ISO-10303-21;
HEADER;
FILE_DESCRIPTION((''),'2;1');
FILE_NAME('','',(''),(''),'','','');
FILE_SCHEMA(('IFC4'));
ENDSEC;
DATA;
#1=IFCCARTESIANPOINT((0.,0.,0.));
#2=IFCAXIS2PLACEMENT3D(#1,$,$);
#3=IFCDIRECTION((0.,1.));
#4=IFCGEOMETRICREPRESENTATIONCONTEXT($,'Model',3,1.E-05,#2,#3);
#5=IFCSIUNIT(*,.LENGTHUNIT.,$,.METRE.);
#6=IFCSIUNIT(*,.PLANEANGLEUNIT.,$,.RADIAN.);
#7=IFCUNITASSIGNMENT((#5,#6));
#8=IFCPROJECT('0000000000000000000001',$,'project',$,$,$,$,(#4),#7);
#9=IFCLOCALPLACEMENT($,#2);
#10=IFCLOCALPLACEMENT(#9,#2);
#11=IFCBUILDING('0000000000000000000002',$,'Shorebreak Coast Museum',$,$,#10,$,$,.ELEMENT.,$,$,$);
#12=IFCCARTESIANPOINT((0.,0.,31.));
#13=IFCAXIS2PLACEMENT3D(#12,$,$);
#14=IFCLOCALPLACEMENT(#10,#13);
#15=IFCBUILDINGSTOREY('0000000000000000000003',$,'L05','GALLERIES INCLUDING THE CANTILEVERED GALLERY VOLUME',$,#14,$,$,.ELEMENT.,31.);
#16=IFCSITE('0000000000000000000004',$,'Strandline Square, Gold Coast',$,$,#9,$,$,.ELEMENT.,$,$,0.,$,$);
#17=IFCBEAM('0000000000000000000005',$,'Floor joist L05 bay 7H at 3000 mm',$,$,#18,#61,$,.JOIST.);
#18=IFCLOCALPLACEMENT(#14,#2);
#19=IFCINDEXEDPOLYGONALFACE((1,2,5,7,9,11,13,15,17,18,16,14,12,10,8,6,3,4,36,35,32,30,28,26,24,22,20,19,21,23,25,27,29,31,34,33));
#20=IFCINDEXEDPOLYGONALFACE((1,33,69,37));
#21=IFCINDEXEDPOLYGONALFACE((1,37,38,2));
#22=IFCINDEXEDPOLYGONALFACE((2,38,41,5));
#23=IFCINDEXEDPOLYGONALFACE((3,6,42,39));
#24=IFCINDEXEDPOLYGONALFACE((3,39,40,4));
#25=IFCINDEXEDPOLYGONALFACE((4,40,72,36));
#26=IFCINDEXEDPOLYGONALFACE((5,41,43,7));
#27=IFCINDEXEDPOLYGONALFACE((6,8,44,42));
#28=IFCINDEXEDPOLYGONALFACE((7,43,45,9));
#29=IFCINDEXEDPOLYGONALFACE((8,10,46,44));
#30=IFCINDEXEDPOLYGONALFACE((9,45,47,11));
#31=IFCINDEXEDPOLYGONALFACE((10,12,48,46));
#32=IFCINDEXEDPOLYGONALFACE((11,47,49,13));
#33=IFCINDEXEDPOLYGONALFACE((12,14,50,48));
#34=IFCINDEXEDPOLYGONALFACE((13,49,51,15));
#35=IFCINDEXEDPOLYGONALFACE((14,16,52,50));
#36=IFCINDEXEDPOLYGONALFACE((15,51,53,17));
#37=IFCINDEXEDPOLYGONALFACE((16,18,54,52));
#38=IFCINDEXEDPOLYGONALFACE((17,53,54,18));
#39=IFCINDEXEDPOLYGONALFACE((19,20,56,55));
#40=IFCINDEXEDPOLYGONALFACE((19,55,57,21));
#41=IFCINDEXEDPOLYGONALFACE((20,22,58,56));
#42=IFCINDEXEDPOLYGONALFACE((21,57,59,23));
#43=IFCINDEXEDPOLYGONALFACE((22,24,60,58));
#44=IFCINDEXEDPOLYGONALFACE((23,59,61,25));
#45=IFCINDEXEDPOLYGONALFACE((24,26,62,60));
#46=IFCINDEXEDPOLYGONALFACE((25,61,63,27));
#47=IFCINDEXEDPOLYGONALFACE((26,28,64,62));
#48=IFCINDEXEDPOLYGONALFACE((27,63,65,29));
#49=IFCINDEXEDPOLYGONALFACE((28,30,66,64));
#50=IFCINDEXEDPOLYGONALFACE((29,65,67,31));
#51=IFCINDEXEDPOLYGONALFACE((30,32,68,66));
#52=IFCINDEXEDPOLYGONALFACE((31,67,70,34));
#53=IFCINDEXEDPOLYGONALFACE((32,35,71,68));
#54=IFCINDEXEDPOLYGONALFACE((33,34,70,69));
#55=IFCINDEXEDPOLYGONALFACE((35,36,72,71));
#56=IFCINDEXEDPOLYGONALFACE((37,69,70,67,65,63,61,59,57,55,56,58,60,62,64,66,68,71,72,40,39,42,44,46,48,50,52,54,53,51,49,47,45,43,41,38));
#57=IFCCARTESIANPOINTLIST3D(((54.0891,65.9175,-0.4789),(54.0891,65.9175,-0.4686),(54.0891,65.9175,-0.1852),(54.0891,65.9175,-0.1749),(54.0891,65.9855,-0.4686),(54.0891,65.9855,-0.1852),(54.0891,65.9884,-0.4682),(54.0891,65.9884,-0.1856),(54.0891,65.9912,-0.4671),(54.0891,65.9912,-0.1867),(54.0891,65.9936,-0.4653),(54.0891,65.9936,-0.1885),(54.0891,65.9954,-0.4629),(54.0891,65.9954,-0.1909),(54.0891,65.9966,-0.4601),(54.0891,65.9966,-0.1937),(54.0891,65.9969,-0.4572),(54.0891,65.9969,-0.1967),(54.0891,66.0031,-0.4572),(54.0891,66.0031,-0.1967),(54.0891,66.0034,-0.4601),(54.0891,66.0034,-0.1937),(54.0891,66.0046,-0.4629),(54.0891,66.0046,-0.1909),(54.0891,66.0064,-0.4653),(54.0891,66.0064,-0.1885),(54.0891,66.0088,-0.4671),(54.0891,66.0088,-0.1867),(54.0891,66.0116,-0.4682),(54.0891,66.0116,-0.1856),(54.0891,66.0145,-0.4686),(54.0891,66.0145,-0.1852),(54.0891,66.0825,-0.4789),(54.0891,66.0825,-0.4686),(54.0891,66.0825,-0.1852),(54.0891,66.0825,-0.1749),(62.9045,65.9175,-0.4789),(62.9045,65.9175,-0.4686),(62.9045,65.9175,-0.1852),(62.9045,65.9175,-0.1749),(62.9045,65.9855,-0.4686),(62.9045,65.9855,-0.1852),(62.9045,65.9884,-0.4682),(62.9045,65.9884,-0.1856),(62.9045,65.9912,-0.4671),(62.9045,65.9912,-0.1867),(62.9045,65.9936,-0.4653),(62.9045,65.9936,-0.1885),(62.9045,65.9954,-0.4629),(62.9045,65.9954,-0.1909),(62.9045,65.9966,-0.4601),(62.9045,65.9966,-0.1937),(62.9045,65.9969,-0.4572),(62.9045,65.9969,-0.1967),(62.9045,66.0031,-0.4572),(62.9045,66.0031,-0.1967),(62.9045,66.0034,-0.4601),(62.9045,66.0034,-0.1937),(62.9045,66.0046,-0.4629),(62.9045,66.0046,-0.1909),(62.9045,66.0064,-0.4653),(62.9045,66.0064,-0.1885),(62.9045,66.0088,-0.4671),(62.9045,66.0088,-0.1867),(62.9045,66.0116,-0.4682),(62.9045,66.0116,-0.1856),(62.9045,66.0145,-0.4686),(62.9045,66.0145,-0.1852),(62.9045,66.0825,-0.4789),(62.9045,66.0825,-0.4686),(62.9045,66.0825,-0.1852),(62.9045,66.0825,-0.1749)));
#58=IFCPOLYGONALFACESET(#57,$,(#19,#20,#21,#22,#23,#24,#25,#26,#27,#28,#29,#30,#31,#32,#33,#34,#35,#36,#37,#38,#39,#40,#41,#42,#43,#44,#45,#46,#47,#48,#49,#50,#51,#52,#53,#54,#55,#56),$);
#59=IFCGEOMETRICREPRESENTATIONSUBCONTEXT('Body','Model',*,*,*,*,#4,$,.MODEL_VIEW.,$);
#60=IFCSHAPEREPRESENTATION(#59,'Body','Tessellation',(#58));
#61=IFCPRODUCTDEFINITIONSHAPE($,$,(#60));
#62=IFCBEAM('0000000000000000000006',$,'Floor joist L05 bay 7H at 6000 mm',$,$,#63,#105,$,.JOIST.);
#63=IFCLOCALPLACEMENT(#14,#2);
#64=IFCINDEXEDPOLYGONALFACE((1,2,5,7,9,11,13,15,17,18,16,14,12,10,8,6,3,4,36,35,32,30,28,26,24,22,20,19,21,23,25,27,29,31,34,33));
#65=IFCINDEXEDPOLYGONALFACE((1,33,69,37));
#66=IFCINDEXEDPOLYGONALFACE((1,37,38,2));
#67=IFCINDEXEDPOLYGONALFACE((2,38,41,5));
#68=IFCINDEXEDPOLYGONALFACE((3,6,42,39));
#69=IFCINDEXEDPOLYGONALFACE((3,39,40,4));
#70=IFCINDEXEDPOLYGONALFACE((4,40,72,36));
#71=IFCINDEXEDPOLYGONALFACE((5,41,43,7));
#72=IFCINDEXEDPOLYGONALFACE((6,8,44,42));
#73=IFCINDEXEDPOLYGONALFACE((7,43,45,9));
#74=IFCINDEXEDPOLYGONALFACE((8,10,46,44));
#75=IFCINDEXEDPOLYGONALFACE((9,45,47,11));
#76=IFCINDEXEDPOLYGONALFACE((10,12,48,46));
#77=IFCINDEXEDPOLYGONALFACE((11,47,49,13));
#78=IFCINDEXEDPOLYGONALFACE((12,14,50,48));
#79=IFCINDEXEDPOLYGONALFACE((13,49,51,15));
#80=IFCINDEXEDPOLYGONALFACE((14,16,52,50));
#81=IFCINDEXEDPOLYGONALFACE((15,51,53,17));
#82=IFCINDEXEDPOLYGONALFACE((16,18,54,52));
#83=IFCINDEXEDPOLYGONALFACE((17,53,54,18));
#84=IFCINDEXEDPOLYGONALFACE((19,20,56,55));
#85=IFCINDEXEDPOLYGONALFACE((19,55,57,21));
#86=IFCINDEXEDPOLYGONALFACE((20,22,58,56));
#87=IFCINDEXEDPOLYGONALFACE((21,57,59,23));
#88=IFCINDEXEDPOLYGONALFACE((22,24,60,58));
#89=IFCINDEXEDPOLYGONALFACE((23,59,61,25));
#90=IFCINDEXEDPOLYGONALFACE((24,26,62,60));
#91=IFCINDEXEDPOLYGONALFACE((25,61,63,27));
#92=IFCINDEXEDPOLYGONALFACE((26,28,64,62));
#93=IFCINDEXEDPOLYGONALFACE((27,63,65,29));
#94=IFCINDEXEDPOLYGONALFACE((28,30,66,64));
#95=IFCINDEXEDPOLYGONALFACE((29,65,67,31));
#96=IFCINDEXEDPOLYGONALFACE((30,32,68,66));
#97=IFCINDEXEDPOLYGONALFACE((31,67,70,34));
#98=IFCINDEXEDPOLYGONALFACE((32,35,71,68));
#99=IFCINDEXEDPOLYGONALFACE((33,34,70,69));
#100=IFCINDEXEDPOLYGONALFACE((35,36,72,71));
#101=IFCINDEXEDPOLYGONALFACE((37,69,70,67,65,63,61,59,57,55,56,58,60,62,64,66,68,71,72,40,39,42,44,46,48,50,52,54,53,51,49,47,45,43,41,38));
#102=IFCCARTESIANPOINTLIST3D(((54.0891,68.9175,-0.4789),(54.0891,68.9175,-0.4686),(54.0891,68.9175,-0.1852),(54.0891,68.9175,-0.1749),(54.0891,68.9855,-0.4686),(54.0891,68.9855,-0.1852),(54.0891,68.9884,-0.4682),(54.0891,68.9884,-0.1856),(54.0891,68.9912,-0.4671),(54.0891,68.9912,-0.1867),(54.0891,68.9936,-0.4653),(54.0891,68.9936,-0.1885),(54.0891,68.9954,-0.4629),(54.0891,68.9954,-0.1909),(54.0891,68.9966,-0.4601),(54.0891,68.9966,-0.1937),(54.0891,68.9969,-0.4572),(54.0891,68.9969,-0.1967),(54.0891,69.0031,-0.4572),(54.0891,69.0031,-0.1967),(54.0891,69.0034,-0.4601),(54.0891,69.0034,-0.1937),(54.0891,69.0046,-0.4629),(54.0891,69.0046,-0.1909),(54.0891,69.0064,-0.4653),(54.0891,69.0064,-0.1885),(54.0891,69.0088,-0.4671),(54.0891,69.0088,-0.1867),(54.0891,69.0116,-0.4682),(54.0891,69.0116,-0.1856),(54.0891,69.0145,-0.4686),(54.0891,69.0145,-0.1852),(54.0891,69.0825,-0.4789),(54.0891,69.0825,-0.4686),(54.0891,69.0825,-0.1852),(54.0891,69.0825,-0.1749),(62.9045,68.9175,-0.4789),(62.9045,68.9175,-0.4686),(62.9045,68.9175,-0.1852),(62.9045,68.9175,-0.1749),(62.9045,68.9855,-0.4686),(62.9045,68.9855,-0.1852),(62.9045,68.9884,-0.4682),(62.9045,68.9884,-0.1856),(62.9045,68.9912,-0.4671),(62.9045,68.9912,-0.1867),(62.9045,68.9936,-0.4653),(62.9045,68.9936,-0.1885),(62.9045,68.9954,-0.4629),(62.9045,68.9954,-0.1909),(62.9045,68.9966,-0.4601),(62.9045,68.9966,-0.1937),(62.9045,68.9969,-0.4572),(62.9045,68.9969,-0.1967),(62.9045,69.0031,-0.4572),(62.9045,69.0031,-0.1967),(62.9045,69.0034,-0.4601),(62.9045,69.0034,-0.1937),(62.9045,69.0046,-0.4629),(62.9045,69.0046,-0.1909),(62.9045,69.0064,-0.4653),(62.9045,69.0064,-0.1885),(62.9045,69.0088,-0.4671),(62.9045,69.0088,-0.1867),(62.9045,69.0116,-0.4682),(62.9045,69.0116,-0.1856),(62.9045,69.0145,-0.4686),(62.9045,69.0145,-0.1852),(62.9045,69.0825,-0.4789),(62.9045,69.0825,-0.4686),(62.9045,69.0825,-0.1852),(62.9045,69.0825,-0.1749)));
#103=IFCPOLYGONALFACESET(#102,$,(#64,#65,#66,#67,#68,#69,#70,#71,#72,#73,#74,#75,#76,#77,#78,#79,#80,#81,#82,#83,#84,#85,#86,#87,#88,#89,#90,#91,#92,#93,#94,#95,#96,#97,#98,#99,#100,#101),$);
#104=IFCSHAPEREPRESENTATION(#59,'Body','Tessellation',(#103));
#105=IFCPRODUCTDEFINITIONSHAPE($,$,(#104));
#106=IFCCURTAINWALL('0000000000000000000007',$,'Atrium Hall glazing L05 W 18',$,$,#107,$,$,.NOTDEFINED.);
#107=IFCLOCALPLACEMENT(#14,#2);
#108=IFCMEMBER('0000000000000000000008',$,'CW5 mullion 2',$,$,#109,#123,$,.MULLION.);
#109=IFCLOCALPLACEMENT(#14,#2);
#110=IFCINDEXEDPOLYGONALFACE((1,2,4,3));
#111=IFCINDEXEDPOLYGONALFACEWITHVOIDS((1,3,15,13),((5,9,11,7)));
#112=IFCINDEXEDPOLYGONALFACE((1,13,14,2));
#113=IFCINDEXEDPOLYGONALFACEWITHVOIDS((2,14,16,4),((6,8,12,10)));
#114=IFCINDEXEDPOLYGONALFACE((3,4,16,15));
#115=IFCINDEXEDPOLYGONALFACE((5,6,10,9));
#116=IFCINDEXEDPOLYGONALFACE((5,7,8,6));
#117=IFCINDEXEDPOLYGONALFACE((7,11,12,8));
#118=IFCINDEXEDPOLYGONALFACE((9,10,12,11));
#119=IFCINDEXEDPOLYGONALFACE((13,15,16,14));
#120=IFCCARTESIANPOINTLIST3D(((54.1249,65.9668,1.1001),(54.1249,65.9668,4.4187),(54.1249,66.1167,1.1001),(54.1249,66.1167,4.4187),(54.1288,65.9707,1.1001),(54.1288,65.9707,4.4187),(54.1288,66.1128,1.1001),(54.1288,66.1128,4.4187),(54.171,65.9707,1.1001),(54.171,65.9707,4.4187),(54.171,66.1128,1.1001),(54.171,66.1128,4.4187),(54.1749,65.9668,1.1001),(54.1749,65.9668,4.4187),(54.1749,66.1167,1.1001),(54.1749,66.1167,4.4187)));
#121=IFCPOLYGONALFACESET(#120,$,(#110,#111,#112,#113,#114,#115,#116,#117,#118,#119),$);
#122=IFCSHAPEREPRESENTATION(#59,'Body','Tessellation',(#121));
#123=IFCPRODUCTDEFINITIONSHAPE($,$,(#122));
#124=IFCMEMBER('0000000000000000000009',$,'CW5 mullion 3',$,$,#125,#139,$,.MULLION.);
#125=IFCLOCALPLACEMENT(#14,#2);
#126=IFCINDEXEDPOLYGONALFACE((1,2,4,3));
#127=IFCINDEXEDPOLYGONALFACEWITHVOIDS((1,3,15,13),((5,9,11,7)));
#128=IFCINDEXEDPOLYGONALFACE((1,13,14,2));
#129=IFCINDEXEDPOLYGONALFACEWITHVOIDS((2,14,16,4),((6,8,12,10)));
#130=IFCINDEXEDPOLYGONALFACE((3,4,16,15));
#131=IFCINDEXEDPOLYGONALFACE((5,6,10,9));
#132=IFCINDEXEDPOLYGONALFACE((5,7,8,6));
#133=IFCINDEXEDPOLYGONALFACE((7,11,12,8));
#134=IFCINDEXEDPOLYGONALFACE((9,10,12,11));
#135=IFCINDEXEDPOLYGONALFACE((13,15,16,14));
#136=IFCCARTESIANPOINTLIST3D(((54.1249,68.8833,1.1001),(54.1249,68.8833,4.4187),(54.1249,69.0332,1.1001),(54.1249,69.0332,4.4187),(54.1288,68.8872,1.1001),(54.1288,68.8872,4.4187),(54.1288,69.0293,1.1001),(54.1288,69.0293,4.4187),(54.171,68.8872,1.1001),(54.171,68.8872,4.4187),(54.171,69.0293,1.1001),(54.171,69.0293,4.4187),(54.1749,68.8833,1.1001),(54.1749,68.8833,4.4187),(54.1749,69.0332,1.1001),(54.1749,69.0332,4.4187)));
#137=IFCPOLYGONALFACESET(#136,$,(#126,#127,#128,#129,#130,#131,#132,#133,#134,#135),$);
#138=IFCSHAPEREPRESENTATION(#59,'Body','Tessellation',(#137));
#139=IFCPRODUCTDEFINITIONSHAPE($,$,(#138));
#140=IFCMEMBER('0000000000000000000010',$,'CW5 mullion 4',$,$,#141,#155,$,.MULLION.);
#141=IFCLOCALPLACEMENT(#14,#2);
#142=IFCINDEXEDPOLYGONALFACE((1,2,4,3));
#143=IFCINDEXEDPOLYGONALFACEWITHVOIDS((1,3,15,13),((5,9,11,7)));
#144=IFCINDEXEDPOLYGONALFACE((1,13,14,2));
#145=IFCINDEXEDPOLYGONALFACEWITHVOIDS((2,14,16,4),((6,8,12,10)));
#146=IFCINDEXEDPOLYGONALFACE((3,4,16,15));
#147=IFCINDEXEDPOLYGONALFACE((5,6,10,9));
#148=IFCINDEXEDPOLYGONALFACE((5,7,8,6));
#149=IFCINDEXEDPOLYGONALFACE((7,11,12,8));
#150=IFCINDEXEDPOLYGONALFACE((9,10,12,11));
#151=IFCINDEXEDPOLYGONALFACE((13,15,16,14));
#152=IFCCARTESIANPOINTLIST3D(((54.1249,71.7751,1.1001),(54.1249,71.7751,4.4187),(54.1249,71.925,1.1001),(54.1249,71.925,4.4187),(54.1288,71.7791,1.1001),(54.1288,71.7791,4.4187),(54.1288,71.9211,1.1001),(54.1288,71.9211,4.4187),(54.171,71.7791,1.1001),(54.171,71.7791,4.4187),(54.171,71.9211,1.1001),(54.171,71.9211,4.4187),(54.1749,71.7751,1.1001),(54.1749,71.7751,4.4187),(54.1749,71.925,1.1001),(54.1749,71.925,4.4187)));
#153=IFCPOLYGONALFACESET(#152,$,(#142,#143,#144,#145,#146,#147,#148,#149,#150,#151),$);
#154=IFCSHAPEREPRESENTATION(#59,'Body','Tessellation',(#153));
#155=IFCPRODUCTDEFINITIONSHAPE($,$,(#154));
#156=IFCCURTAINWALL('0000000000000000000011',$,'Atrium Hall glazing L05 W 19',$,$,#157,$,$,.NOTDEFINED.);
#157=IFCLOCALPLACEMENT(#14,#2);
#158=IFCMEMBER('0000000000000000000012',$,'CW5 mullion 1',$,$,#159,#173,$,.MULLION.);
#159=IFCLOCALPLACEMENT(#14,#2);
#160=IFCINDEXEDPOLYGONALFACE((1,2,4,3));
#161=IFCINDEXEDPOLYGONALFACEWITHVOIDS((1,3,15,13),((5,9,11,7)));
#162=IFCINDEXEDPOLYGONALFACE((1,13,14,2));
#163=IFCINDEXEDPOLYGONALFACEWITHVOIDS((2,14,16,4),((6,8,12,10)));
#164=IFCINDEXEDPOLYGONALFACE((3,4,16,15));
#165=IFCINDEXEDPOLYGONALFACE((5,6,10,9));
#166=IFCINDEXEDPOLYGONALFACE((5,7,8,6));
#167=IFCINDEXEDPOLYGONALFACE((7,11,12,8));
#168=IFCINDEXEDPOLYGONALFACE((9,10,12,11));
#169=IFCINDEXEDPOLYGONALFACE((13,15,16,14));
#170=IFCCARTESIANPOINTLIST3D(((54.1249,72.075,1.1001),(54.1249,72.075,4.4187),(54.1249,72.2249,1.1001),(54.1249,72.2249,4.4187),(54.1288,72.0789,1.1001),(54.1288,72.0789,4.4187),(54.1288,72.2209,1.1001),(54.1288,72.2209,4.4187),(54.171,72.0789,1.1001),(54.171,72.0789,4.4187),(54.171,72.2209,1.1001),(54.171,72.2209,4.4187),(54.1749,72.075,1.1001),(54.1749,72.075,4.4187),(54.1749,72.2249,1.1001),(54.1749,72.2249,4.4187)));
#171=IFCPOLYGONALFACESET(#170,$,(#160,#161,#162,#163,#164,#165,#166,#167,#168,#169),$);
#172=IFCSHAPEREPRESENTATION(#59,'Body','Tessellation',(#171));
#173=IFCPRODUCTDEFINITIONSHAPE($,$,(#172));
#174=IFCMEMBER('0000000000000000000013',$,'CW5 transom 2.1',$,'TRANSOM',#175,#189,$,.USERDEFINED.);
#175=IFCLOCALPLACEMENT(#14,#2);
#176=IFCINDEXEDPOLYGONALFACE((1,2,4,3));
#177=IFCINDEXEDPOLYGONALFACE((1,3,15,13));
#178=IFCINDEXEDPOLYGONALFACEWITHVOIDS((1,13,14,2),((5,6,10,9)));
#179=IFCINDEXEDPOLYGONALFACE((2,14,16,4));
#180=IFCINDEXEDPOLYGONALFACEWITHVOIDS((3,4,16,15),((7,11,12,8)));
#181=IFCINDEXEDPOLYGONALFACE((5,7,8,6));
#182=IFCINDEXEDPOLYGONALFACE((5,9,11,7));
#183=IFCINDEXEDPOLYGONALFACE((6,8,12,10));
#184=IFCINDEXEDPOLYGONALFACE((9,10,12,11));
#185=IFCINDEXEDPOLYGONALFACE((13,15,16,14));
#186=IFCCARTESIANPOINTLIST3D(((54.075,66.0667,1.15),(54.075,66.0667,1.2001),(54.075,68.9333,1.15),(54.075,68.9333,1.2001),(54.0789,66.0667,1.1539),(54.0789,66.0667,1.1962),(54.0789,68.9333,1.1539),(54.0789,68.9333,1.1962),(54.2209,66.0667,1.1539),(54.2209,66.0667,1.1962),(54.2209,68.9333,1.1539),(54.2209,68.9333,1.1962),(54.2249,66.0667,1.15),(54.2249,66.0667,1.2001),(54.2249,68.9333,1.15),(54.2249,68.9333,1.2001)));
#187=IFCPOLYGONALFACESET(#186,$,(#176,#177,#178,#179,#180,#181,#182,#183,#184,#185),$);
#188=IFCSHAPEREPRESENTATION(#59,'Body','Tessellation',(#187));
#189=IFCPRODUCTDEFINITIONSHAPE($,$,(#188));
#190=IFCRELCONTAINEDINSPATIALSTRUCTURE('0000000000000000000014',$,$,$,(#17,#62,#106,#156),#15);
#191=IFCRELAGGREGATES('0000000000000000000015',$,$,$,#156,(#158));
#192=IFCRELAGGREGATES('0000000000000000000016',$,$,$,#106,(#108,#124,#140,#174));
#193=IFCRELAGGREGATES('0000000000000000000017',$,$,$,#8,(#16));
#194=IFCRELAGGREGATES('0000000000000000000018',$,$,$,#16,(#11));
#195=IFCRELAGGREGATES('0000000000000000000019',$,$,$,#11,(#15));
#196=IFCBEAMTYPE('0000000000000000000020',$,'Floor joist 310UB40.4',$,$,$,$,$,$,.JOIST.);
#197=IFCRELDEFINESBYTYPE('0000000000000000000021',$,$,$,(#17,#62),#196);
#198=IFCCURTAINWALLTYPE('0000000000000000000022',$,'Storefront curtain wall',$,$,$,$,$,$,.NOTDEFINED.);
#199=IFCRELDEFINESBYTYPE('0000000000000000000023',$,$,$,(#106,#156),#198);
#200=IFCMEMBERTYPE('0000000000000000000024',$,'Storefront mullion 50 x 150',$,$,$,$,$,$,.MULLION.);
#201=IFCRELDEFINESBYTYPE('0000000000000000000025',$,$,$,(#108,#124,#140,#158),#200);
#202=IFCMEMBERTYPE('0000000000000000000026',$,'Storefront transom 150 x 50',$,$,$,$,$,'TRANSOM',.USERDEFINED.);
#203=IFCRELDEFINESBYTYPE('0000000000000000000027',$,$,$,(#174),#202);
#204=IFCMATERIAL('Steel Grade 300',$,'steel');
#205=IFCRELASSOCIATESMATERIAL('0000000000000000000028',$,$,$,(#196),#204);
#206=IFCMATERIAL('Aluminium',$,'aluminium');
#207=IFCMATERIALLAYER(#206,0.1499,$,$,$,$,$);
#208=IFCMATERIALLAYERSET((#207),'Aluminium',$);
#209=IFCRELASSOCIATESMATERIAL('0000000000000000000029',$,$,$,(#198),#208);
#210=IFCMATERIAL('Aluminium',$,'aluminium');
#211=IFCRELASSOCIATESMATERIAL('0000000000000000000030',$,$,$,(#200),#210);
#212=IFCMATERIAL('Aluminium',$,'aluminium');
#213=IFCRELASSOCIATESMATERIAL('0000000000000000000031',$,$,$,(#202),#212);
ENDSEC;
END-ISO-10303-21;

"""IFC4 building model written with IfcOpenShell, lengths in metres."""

from ifc_helpers import new_model, si_unit, direction, frame, origin, origin_2d, place, context, subcontext, project, spatial, hollow_rectangle, i_section, extrude, material, layer, layer_set, material_profile, profile_set, type_object, element, aggregate, save


model = new_model("IFC4")

# Units and contexts
model_context = context("Model", 3, precision=1e-05, world=origin(), true_north=direction((0.0, 1.0)))
body_context = subcontext(model_context, "Body", "Model", "MODEL_VIEW")
ifc_project = project(units=[si_unit("LENGTHUNIT", "METRE"), si_unit("PLANEANGLEUNIT", "RADIAN")], contexts=[model_context])

# Site, building, storey
site_placement = place(None, origin())
site = spatial("IfcSite", under=ifc_project, at=site_placement, Name="Strandline Square, Gold Coast", CompositionType="ELEMENT", RefElevation=0.0)
building_placement = place(site_placement, origin())
building = spatial("IfcBuilding", under=site, at=building_placement, Name="Shorebreak Coast Museum", CompositionType="ELEMENT")
storey_placement = place(building_placement, frame((0.0, 0.0, 31.0)))
storey = spatial("IfcBuildingStorey", under=building, at=storey_placement, Name="L05", Description="GALLERIES INCLUDING THE CANTILEVERED GALLERY VOLUME", CompositionType="ELEMENT", Elevation=31.0)

# Beams
ifc_material_1 = material(Name="Steel Grade 300", Category="steel")
ifc_material_profile_1 = material_profile(ifc_material_1, i_section(OverallWidth=0.165, OverallDepth=0.304, WebThickness=0.0061, FlangeThickness=0.0103, FilletRadius=0.0115, at=origin_2d()), Name="310UB40.4")
ifc_profile_set_1 = profile_set([ifc_material_profile_1], Name="Steel Grade 300")
beam_type_1 = type_object("IfcBeamType", Name="Floor joist 310UB40.4", PredefinedType="JOIST", material=ifc_profile_set_1)
for number, where, z_axis, x_axis, name in (
    (1, (54.0891, 66.0, -0.3269), (1.0, 0.0, 0.0), (0.0, 1.0, 0.0), "Floor joist L05 bay 7H at 3000 mm"),
    (2, (54.0891, 69.0, -0.3269), (1.0, 0.0, 0.0), (0.0, 1.0, 0.0), "Floor joist L05 bay 7H at 6000 mm"),
):
    element("IfcBeam", number, at=place(storey_placement, frame(where, z_axis=z_axis, x_axis=x_axis)), inside=storey, type_object=beam_type_1, Name=name, PredefinedType="JOIST", context=body_context, shape_type="SweptSolid", body=[
        extrude(i_section(OverallWidth=0.165, OverallDepth=0.304, WebThickness=0.0061, FlangeThickness=0.0103, FilletRadius=0.0115, at=origin_2d()), origin(), (0.0, 0.0, 1.0), 8.8154),
    ])

# Curtain wall, members
ifc_material_2 = material(Name="Aluminium", Category="aluminium")
ifc_layer_1 = layer(ifc_material_2, 0.1499)
ifc_layer_set_1 = layer_set([ifc_layer_1], Name="Aluminium")
curtain_wall_type = type_object("IfcCurtainWallType", Name="Storefront curtain wall", PredefinedType="NOTDEFINED", material=ifc_layer_set_1)
curtain_wall_1_placement = place(storey_placement, origin())
curtain_wall_1 = element("IfcCurtainWall", 3, at=curtain_wall_1_placement, inside=storey, type_object=curtain_wall_type, Name="Atrium Hall glazing L05 W 18", PredefinedType="NOTDEFINED")
ifc_material_3 = material(Name="Aluminium", Category="aluminium")
ifc_material_profile_2 = material_profile(ifc_material_3, hollow_rectangle(XDim=0.05, YDim=0.1499, WallThickness=0.0039, at=origin_2d()), Name="AL 150x50 RHS")
ifc_profile_set_2 = profile_set([ifc_material_profile_2], Name="Aluminium")
member_type_1 = type_object("IfcMemberType", Name="Storefront mullion 50 x 150", PredefinedType="MULLION", material=ifc_profile_set_2)
member_1_placement = place(storey_placement, frame((54.1499, 66.0417, 1.1001), z_axis=(0.0, 0.0, 1.0), x_axis=(-1.0, 0.0, 0.0)))
member_1 = element("IfcMember", 4, at=member_1_placement, type_object=member_type_1, Name="CW5 mullion 2", PredefinedType="MULLION", context=body_context, shape_type="SweptSolid", body=[
    extrude(hollow_rectangle(XDim=0.05, YDim=0.1499, WallThickness=0.0039, at=origin_2d()), origin(), (0.0, 0.0, 1.0), 3.3186),
])
member_2_placement = place(storey_placement, frame((54.1499, 68.9583, 1.1001), z_axis=(0.0, 0.0, 1.0), x_axis=(-1.0, 0.0, 0.0)))
member_2 = element("IfcMember", 5, at=member_2_placement, type_object=member_type_1, Name="CW5 mullion 3", PredefinedType="MULLION", context=body_context, shape_type="SweptSolid", body=[
    extrude(hollow_rectangle(XDim=0.05, YDim=0.1499, WallThickness=0.0039, at=origin_2d()), origin(), (0.0, 0.0, 1.0), 3.3186),
])
member_3_placement = place(storey_placement, frame((54.1499, 71.8501, 1.1001), z_axis=(0.0, 0.0, 1.0), x_axis=(-1.0, 0.0, 0.0)))
member_3 = element("IfcMember", 6, at=member_3_placement, type_object=member_type_1, Name="CW5 mullion 4", PredefinedType="MULLION", context=body_context, shape_type="SweptSolid", body=[
    extrude(hollow_rectangle(XDim=0.05, YDim=0.1499, WallThickness=0.0039, at=origin_2d()), origin(), (0.0, 0.0, 1.0), 3.3186),
])

# Curtain wall, member
curtain_wall_2_placement = place(storey_placement, origin())
curtain_wall_2 = element("IfcCurtainWall", 7, at=curtain_wall_2_placement, inside=storey, type_object=curtain_wall_type, Name="Atrium Hall glazing L05 W 19", PredefinedType="NOTDEFINED")
member_4_placement = place(storey_placement, frame((54.1499, 72.1499, 1.1001), z_axis=(0.0, 0.0, 1.0), x_axis=(-1.0, 0.0, 0.0)))
member_4 = element("IfcMember", 8, at=member_4_placement, type_object=member_type_1, Name="CW5 mullion 1", PredefinedType="MULLION", context=body_context, shape_type="SweptSolid", body=[
    extrude(hollow_rectangle(XDim=0.05, YDim=0.1499, WallThickness=0.0039, at=origin_2d()), origin(), (0.0, 0.0, 1.0), 3.3186),
])

# Member
ifc_material_4 = material(Name="Aluminium", Category="aluminium")
ifc_material_profile_3 = material_profile(ifc_material_4, hollow_rectangle(XDim=0.1499, YDim=0.05, WallThickness=0.0039, at=origin_2d()), Name="AL 50x150 RHS")
ifc_profile_set_3 = profile_set([ifc_material_profile_3], Name="Aluminium")
member_type_2 = type_object("IfcMemberType", Name="Storefront transom 150 x 50", ElementType="TRANSOM", PredefinedType="USERDEFINED", material=ifc_profile_set_3)
member_5_placement = place(storey_placement, frame((54.1499, 66.0667, 1.175), z_axis=(0.0, 1.0, 0.0), x_axis=(-1.0, 0.0, 0.0)))
member_5 = element("IfcMember", 9, at=member_5_placement, type_object=member_type_2, Name="CW5 transom 2.1", ObjectType="TRANSOM", PredefinedType="USERDEFINED", context=body_context, shape_type="SweptSolid", body=[
    extrude(hollow_rectangle(XDim=0.1499, YDim=0.05, WallThickness=0.0039, at=origin_2d()), origin(), (0.0, 0.0, 1.0), 2.8667),
])
aggregate(curtain_wall_2, [member_4])

aggregate(curtain_wall_1, [member_1, member_2, member_3, member_5])

save(model, "model.ifc")
